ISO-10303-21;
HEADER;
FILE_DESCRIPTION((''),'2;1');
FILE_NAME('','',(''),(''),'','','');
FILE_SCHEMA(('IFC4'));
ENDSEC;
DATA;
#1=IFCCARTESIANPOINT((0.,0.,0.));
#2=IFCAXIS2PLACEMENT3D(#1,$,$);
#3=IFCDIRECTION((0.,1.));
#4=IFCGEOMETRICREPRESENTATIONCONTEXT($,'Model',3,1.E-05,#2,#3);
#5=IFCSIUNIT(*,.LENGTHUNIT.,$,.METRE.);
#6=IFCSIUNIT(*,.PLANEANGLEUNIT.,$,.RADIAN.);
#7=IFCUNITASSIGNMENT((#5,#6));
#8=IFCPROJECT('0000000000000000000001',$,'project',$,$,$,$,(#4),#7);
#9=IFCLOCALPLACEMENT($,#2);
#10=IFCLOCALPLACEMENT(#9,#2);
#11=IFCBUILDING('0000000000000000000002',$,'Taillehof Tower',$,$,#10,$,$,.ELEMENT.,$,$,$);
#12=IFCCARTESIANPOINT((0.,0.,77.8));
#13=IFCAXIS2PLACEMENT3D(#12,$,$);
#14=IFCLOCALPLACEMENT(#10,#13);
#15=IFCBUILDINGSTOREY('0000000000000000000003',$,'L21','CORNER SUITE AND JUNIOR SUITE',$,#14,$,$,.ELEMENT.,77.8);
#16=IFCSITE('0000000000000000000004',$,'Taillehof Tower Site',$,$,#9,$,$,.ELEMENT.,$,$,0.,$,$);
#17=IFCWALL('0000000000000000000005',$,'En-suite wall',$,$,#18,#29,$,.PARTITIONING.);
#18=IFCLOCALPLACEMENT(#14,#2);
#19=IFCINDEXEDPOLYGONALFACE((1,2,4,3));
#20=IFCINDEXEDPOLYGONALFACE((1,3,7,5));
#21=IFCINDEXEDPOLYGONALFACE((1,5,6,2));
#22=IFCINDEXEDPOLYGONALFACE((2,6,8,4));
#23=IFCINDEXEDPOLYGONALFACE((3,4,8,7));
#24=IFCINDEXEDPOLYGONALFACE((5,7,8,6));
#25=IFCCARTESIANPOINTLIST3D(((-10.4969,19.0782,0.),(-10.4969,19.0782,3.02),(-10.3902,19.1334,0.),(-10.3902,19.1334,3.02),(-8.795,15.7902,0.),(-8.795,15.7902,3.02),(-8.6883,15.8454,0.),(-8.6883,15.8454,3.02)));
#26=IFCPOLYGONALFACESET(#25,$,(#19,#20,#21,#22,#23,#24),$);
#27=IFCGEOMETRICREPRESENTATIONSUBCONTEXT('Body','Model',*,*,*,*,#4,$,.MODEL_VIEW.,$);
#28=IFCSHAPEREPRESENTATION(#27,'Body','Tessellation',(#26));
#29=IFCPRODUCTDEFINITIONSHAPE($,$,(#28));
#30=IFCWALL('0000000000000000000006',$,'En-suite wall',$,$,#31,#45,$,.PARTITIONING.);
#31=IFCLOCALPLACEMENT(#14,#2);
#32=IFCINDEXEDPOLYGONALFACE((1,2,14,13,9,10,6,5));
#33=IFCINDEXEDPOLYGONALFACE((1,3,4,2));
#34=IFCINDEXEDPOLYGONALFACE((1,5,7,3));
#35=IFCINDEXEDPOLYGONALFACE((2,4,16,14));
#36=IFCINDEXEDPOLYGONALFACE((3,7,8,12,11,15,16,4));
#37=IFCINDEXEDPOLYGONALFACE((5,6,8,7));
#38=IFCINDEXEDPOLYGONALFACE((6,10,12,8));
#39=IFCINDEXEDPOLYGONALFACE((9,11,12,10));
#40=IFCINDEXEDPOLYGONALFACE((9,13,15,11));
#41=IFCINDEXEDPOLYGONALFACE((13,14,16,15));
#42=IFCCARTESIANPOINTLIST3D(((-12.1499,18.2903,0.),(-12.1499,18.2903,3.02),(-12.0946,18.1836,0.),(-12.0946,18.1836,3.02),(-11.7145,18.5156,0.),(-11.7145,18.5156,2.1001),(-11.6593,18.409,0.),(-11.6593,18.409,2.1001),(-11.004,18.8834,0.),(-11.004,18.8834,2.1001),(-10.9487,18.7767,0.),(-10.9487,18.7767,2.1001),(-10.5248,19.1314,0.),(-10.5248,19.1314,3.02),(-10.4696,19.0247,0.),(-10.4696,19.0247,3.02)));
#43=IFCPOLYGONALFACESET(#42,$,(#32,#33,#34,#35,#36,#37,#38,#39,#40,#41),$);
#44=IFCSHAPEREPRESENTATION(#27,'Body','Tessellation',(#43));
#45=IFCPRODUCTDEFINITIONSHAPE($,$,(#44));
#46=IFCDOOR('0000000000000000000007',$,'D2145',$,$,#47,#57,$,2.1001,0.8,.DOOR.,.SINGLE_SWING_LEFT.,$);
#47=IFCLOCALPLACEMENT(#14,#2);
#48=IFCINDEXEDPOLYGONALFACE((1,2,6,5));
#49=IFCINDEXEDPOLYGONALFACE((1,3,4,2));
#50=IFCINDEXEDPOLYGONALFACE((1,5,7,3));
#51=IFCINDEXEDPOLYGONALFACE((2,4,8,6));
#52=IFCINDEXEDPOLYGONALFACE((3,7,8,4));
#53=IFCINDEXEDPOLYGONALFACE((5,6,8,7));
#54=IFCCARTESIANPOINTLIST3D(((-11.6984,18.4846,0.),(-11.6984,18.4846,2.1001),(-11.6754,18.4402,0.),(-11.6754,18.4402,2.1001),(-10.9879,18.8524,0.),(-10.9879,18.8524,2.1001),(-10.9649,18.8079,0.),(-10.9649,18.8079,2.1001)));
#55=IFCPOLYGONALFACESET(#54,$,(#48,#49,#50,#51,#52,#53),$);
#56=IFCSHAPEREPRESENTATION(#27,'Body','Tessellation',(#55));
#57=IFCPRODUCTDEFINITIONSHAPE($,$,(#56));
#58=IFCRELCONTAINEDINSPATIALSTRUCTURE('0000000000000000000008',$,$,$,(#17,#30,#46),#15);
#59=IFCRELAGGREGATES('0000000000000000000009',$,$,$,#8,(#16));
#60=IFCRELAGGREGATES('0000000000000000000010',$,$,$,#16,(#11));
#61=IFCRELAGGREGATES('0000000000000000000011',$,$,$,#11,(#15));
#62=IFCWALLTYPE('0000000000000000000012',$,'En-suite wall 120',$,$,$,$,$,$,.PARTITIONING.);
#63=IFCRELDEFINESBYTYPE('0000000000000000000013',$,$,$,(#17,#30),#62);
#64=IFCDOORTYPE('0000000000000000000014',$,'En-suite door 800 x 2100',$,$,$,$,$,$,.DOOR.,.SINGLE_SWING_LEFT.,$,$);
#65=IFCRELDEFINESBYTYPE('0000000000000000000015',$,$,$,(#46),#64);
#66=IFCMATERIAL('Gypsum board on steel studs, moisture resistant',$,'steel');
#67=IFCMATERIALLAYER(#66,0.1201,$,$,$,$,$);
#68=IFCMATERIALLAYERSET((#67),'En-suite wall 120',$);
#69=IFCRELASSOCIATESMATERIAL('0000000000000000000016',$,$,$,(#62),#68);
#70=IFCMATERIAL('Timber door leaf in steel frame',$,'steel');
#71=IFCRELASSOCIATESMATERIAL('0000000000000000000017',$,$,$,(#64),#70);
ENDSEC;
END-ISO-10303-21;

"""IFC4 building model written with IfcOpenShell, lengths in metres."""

from ifc_helpers import new_model, si_unit, direction, frame, frame_2d, origin, place, context, subcontext, project, spatial, rectangle, extrude, material, layer, layer_set, type_object, element, fill, save


model = new_model("IFC4")

# Units and contexts
model_context = context("Model", 3, precision=1e-05, world=origin(), true_north=direction((0.0, 1.0)))
body_context = subcontext(model_context, "Body", "Model", "MODEL_VIEW")
ifc_project = project(units=[si_unit("LENGTHUNIT", "METRE"), si_unit("PLANEANGLEUNIT", "RADIAN")], contexts=[model_context])

# Site, building, storey
site_placement = place(None, origin())
site = spatial("IfcSite", under=ifc_project, at=site_placement, Name="Taillehof Tower Site", CompositionType="ELEMENT", RefElevation=0.0)
building_placement = place(site_placement, origin())
building = spatial("IfcBuilding", under=site, at=building_placement, Name="Taillehof Tower", CompositionType="ELEMENT")
storey_placement = place(building_placement, frame((0.0, 0.0, 77.8)))
storey = spatial("IfcBuildingStorey", under=building, at=storey_placement, Name="L21", Description="CORNER SUITE AND JUNIOR SUITE", CompositionType="ELEMENT", Elevation=77.8)

# Wall
ifc_material_1 = material(Name="Gypsum board on steel studs, moisture resistant", Category="steel")
ifc_layer_1 = layer(ifc_material_1, 0.1201)
ifc_layer_set_1 = layer_set([ifc_layer_1], Name="En-suite wall 120")
wall_type_1 = type_object("IfcWallType", Name="En-suite wall 120", PredefinedType="PARTITIONING", material=ifc_layer_set_1)
wall_1_placement = place(storey_placement, frame((-8.7417, 15.8179, 0.0), z_axis=(0.0, 0.0, 1.0), x_axis=(-0.459672, 0.888089, 0.0)))
element("IfcWall", 1, at=wall_1_placement, inside=storey, type_object=wall_type_1, Name="En-suite wall", PredefinedType="PARTITIONING", context=body_context, shape_type="SweptSolid", body=[
    extrude(rectangle(XDim=3.7024, YDim=0.1201, at=frame_2d((1.8511, 0.0))), origin(), (0.0, 0.0, 1.0), 3.02),
])

# Wall, opening, door
wall_2_placement = place(storey_placement, frame((-10.4971, 19.0781, 0.0), z_axis=(0.0, 0.0, 1.0), x_axis=(-0.888096, -0.459659, 0.0)))
wall_2 = element("IfcWall", 2, at=wall_2_placement, inside=storey, type_object=wall_type_1, Name="En-suite wall", PredefinedType="PARTITIONING", context=body_context, shape_type="SweptSolid", body=[
    extrude(rectangle(XDim=1.8298, YDim=0.1201, at=frame_2d((0.915, 0.0))), origin(), (0.0, 0.0, 1.0), 3.02),
])
opening_1_placement = place(wall_2_placement, frame((0.5398, 0.0, 0.0)))
opening_1 = element("IfcOpeningElement", 3, at=opening_1_placement, cuts=wall_2, PredefinedType="OPENING", context=body_context, shape_type="SweptSolid", body=[
    extrude(rectangle(XDim=0.8, YDim=2.1001, at=frame_2d((0.3999, 1.05))), frame((0.0, 0.0701, 0.0), z_axis=(0.0, -1.0, 0.0), x_axis=(1.0, 0.0, 0.0)), (0.0, 0.0, 1.0), 0.1401),
])
ifc_material_2 = material(Name="Timber door leaf in steel frame", Category="steel")
door_type_1 = type_object("IfcDoorType", Name="En-suite door 800 x 2100", OperationType="SINGLE_SWING_LEFT", PredefinedType="DOOR", material=ifc_material_2)
door_1_placement = place(opening_1_placement, origin())
door_1 = element("IfcDoor", 4, at=door_1_placement, inside=storey, type_object=door_type_1, Name="D2145", OperationType="SINGLE_SWING_LEFT", OverallHeight=2.1001, OverallWidth=0.8, PredefinedType="DOOR", context=body_context, shape_type="SweptSolid", body=[
    extrude(rectangle(XDim=0.8, YDim=2.1001, at=frame_2d((0.3999, 1.05))), frame((0.0, 0.0249, 0.0), z_axis=(0.0, -1.0, 0.0), x_axis=(1.0, 0.0, 0.0)), (0.0, 0.0, 1.0), 0.05),
])
fill(opening_1, door_1)

save(model, "model.ifc")
